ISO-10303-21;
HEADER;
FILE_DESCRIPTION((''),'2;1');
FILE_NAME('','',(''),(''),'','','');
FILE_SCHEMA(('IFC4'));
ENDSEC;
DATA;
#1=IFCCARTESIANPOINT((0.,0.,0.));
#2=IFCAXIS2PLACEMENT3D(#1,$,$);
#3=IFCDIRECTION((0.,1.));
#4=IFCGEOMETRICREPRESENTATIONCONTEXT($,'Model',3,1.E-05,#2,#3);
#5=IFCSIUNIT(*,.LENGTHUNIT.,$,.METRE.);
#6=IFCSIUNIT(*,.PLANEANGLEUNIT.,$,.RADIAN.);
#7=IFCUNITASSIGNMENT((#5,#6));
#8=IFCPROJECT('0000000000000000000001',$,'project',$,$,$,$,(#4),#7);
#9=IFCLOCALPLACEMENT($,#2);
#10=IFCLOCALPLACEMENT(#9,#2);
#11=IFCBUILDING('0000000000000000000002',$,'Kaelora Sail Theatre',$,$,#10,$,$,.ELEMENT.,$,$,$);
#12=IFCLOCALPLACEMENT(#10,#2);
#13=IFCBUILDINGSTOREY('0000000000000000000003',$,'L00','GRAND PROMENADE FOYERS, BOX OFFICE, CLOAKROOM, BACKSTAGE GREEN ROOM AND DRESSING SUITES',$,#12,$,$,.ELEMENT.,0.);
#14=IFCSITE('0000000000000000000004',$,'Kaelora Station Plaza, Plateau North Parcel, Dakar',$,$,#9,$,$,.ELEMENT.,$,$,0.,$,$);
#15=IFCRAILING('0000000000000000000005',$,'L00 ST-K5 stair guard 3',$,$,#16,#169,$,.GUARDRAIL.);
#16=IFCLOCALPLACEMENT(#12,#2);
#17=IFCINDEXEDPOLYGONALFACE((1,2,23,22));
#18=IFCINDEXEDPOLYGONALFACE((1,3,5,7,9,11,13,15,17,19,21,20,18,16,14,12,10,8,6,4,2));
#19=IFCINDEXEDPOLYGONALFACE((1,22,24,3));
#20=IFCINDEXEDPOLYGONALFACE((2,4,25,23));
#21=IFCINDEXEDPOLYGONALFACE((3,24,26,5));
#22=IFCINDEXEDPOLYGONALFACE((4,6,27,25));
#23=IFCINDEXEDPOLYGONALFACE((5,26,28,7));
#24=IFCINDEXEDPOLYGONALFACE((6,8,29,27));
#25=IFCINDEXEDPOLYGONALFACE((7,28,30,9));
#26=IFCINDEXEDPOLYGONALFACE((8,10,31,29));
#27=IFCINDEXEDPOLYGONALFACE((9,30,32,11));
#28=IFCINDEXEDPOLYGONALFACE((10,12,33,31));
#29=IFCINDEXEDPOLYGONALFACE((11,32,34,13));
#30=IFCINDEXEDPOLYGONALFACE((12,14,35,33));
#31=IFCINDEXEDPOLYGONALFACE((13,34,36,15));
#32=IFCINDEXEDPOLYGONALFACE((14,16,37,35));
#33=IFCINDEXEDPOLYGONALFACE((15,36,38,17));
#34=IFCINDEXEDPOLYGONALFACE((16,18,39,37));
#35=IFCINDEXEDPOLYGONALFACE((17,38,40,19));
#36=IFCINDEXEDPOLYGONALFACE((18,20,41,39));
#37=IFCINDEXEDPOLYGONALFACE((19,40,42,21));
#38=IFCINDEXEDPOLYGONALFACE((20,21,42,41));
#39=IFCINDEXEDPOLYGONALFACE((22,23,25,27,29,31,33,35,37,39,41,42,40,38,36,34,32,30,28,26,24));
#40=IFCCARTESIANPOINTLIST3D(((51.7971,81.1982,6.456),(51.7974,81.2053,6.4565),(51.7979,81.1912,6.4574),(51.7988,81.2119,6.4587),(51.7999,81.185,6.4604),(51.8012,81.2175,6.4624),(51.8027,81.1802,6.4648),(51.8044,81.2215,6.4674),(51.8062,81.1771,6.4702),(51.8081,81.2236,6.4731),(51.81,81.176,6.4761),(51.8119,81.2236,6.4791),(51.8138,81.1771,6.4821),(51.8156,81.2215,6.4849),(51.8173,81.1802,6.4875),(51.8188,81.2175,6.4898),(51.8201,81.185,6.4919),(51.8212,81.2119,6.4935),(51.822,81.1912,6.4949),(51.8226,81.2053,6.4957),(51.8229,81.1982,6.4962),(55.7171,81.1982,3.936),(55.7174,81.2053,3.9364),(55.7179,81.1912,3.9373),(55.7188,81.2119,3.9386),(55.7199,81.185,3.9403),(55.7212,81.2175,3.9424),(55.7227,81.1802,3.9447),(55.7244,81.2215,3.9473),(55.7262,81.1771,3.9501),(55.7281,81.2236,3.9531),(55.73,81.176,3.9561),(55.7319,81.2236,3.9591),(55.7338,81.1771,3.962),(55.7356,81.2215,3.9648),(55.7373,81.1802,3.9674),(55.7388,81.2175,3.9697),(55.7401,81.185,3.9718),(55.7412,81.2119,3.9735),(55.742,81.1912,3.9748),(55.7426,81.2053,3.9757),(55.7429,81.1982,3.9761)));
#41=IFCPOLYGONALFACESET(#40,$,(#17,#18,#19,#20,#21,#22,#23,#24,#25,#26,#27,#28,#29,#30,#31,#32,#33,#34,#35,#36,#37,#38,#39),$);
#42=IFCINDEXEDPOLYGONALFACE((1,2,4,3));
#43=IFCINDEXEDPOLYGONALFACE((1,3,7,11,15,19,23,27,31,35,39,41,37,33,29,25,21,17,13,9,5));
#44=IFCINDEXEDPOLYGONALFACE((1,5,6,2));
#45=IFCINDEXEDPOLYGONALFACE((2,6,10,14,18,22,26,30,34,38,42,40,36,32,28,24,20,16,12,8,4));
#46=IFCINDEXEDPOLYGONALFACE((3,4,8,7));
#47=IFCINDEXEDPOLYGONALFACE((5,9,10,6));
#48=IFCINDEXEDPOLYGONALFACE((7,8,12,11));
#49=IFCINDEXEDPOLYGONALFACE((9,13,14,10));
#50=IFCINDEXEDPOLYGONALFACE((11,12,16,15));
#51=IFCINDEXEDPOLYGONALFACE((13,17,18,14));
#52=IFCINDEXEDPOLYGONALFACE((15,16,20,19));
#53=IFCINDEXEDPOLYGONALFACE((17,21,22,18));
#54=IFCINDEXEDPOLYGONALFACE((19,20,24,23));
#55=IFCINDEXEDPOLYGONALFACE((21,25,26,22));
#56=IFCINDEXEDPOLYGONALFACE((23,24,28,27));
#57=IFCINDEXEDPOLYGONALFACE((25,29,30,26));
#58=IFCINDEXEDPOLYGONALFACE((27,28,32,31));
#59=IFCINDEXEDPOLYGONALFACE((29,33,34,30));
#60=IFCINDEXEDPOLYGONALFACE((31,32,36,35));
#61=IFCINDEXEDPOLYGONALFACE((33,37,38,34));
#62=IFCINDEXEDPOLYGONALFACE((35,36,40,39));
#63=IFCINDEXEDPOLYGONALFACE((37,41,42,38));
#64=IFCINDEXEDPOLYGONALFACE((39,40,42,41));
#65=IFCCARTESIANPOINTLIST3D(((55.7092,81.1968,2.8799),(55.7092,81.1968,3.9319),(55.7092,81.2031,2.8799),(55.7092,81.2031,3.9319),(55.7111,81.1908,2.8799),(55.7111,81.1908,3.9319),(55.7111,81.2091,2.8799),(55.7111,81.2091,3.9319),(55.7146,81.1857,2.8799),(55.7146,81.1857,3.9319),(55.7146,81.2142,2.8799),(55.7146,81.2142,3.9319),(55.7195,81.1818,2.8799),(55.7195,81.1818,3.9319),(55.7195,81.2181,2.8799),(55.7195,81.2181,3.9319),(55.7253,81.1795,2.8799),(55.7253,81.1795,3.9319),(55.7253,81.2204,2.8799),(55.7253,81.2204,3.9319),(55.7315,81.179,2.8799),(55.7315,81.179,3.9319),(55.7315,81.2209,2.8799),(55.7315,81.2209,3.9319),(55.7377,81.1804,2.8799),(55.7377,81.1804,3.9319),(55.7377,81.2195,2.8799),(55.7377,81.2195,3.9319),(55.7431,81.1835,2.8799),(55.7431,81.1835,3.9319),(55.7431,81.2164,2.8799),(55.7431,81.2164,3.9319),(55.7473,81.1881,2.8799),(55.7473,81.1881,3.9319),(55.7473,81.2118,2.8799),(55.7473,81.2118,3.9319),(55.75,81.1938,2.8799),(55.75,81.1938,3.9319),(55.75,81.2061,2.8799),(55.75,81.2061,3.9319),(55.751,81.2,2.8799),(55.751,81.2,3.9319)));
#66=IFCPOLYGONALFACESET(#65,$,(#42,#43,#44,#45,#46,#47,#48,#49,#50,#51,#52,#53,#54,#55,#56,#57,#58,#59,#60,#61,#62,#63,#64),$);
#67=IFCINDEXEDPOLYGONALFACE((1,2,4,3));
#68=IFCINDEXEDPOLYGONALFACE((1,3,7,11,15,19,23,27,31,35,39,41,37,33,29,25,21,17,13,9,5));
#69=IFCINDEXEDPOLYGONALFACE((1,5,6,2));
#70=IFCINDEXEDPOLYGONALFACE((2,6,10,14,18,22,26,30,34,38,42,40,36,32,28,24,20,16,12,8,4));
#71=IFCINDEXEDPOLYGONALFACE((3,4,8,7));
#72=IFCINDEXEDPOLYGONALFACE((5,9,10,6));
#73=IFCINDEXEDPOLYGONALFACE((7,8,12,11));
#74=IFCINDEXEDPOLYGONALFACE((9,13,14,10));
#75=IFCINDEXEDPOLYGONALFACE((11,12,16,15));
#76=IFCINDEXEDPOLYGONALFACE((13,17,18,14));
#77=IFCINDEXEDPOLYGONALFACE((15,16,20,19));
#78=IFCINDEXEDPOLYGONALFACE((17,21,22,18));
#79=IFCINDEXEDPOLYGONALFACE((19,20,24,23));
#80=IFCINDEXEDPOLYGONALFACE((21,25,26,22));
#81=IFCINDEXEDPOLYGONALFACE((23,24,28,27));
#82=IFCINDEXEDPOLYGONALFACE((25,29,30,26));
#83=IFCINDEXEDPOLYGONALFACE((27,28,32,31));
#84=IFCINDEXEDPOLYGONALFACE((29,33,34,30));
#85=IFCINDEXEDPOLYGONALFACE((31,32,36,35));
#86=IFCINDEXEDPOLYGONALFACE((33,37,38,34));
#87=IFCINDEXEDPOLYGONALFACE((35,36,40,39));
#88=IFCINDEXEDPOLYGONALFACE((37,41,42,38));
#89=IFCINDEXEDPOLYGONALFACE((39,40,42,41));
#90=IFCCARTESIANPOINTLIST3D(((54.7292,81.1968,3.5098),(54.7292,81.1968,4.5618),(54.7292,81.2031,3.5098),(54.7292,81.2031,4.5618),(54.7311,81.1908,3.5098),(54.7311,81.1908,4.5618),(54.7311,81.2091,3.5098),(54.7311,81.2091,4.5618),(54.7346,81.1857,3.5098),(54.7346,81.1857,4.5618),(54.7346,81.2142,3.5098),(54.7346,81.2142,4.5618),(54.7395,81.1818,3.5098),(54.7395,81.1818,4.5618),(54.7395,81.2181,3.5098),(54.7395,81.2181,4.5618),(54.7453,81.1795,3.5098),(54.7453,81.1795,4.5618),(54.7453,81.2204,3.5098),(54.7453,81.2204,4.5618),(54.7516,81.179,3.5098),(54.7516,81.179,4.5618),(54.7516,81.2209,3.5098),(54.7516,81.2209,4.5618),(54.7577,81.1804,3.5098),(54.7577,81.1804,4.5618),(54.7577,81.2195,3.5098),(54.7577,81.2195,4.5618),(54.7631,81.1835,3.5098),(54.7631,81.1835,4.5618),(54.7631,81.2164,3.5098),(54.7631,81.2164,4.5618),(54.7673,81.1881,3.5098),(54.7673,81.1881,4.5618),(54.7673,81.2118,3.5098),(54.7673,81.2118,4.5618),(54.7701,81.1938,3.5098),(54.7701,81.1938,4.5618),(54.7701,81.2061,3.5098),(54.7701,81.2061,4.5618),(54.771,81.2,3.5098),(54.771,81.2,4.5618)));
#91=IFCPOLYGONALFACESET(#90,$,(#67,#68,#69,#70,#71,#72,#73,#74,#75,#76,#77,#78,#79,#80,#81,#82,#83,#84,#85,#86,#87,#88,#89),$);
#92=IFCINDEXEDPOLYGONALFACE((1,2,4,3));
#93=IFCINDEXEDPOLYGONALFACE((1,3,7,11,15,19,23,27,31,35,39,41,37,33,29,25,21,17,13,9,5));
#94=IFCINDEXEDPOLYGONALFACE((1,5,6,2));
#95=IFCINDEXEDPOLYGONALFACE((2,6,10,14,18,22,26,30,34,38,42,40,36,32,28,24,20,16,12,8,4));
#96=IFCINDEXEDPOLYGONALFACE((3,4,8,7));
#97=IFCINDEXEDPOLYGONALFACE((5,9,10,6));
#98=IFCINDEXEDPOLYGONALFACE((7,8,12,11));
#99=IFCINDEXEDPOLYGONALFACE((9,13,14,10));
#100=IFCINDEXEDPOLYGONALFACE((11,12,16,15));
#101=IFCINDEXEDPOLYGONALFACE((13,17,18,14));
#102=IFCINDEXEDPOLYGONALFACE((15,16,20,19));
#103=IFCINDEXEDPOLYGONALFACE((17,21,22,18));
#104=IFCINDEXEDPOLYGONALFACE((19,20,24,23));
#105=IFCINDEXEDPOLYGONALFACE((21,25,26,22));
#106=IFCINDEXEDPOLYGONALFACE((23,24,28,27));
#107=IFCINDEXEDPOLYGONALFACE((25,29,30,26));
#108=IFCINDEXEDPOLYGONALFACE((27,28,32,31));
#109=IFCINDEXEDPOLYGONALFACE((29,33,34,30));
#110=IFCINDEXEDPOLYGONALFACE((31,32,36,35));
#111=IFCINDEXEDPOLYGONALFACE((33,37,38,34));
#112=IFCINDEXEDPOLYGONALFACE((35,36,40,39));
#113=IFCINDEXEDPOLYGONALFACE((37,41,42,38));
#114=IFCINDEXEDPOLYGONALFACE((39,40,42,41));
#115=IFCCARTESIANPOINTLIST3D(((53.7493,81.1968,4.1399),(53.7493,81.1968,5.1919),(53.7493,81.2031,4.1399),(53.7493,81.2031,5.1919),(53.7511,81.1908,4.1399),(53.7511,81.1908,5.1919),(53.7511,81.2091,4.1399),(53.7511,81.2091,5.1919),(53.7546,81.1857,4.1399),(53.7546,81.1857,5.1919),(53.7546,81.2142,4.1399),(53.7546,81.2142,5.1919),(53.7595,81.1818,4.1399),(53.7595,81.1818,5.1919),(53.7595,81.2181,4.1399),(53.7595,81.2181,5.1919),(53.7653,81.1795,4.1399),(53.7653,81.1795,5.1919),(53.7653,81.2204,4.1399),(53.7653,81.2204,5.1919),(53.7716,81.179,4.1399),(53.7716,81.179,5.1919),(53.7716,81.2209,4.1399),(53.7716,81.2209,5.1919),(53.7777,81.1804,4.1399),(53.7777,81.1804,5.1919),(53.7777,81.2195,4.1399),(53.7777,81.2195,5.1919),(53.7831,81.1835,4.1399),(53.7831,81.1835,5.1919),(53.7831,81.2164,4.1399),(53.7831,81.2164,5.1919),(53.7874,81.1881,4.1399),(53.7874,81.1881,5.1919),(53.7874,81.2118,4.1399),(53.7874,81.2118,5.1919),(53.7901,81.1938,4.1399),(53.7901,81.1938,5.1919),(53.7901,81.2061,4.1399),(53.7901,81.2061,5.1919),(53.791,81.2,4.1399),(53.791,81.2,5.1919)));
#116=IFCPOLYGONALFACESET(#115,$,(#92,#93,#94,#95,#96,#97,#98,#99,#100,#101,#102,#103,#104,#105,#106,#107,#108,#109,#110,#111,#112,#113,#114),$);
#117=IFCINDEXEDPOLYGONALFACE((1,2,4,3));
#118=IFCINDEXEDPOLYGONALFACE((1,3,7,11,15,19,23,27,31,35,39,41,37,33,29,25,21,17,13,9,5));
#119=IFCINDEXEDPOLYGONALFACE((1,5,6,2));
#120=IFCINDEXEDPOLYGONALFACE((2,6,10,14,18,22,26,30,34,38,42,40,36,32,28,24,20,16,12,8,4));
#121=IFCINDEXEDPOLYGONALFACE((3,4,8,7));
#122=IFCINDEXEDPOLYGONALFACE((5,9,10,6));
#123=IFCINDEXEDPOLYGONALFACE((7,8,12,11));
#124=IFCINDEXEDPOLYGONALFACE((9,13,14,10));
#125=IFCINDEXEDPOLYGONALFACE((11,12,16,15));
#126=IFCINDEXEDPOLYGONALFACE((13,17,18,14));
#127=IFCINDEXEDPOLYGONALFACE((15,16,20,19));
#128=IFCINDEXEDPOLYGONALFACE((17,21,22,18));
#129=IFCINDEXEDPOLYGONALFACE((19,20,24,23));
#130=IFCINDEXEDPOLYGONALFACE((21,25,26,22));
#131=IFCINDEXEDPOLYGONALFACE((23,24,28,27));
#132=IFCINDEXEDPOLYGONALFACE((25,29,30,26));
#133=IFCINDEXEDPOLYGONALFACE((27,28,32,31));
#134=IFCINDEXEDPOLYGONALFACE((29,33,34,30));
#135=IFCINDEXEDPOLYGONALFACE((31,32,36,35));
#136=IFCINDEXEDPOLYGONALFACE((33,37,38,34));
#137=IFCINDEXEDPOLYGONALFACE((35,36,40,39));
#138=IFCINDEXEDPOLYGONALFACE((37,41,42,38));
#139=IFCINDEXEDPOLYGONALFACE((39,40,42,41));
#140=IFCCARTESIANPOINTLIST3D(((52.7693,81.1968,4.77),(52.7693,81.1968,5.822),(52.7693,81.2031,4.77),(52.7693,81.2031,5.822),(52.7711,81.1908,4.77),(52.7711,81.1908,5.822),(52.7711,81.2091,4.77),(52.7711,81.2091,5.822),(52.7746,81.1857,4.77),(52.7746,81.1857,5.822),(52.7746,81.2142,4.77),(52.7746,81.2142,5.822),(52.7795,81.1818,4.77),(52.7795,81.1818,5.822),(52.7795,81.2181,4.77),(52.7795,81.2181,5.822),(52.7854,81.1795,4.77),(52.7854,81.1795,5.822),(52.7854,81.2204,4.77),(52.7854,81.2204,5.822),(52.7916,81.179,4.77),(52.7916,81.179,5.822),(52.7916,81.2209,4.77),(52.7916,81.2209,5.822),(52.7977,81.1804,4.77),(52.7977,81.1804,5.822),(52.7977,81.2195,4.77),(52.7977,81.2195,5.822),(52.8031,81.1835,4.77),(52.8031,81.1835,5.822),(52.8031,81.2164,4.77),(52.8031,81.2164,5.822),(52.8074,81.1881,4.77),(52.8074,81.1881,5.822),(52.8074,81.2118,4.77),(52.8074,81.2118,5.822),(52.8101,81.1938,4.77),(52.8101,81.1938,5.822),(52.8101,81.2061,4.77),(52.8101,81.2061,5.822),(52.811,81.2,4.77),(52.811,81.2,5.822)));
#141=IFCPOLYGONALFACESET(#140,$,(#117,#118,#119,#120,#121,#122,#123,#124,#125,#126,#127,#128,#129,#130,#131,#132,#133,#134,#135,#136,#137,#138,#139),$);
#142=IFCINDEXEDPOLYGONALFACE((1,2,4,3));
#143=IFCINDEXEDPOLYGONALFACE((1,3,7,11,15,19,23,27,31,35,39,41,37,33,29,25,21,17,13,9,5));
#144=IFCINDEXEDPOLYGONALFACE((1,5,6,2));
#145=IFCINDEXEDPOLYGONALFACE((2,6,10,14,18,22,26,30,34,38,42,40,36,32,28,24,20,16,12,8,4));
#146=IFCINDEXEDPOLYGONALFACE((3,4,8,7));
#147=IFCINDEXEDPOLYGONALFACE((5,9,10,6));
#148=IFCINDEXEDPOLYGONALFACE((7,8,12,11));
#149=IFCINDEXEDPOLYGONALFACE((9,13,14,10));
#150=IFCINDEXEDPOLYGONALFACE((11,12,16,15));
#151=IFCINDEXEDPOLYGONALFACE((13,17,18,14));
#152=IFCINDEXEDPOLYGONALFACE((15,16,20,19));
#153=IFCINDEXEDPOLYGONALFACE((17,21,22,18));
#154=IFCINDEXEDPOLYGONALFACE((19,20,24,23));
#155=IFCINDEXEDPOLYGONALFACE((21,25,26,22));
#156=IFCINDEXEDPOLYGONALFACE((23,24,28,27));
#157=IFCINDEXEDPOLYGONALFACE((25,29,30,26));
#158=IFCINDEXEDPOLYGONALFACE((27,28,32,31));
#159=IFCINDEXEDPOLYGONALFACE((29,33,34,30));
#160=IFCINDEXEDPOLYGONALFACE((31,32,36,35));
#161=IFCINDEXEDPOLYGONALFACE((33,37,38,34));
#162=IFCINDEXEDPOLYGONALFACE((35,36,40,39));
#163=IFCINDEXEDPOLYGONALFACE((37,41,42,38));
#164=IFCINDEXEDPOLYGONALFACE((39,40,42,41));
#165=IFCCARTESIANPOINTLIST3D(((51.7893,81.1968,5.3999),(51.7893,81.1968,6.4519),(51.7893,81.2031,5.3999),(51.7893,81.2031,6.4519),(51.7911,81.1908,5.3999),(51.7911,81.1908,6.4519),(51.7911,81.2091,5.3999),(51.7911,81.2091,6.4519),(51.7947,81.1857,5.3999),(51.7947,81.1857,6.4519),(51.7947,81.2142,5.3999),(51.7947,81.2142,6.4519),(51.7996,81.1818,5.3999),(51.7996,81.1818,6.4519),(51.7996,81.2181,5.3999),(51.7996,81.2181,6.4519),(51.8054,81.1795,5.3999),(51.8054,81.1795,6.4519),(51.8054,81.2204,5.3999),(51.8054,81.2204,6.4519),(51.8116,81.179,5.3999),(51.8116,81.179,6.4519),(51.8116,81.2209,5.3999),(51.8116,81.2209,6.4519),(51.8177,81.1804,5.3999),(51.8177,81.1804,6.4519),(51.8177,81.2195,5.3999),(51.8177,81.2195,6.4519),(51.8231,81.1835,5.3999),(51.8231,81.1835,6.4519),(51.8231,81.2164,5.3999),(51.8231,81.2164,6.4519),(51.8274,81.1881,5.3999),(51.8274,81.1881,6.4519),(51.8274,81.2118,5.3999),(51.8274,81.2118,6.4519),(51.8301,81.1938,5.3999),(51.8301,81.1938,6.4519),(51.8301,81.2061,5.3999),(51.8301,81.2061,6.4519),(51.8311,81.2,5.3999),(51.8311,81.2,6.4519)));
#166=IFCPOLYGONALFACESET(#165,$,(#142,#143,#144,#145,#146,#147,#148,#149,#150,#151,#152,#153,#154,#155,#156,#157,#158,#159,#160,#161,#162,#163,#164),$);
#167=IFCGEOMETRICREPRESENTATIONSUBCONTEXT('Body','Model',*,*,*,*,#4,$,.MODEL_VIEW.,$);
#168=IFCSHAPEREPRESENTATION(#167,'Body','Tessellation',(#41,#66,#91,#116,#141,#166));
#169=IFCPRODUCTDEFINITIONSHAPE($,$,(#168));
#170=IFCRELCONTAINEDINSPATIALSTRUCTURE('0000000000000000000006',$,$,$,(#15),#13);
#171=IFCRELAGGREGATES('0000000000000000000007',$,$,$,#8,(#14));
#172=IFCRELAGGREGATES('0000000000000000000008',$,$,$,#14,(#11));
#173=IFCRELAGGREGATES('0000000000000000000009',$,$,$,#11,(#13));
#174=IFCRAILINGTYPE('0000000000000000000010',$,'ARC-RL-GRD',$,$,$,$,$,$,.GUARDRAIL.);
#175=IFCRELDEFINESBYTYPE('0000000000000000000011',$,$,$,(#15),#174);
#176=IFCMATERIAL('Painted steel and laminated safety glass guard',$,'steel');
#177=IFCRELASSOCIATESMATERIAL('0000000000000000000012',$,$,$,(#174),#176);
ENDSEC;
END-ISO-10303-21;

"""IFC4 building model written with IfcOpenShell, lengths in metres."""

from ifc_helpers import new_model, si_unit, direction, frame, origin, origin_2d, place, context, subcontext, project, spatial, circle, extrude, material, type_object, element, save


model = new_model("IFC4")

# Units and contexts
model_context = context("Model", 3, precision=1e-05, world=origin(), true_north=direction((0.0, 1.0)))
body_context = subcontext(model_context, "Body", "Model", "MODEL_VIEW")
ifc_project = project(units=[si_unit("LENGTHUNIT", "METRE"), si_unit("PLANEANGLEUNIT", "RADIAN")], contexts=[model_context])

# Site, building, storey
site_placement = place(None, origin())
site = spatial("IfcSite", under=ifc_project, at=site_placement, Name="Kaelora Station Plaza, Plateau North Parcel, Dakar", CompositionType="ELEMENT", RefElevation=0.0)
building_placement = place(site_placement, origin())
building = spatial("IfcBuilding", under=site, at=building_placement, Name="Kaelora Sail Theatre", CompositionType="ELEMENT")
storey_placement = place(building_placement, origin())
storey = spatial("IfcBuildingStorey", under=building, at=storey_placement, Name="L00", Description="GRAND PROMENADE FOYERS, BOX OFFICE, CLOAKROOM, BACKSTAGE GREEN ROOM AND DRESSING SUITES", CompositionType="ELEMENT", Elevation=0.0)

# Railing
ifc_material_1 = material(Name="Painted steel and laminated safety glass guard", Category="steel")
railing_type_1 = type_object("IfcRailingType", Name="ARC-RL-GRD", PredefinedType="GUARDRAIL", material=ifc_material_1)
railing_1_placement = place(storey_placement, frame((55.73, 81.2, 2.8799)))
element("IfcRailing", 1, at=railing_1_placement, inside=storey, type_object=railing_type_1, Name="L00 ST-K5 stair guard 3", PredefinedType="GUARDRAIL", context=body_context, shape_type="SweptSolid", body=[
    extrude(circle(Radius=0.0239, at=origin_2d()), frame((0.0, 0.0, 1.0762), z_axis=(-0.841172, 0.0, 0.540768), x_axis=(0.0, -1.0, 0.0)), (0.0, 0.0, 1.0), 4.6602),
    extrude(circle(Radius=0.021, at=origin_2d()), origin(), (0.0, 0.0, 1.0), 1.052),
    extrude(circle(Radius=0.021, at=origin_2d()), frame((-0.98, 0.0, 0.6299)), (0.0, 0.0, 1.0), 1.052),
    extrude(circle(Radius=0.021, at=origin_2d()), frame((-1.96, 0.0, 1.26)), (0.0, 0.0, 1.0), 1.052),
    extrude(circle(Radius=0.021, at=origin_2d()), frame((-2.9399, 0.0, 1.8901)), (0.0, 0.0, 1.0), 1.052),
    extrude(circle(Radius=0.021, at=origin_2d()), frame((-3.9199, 0.0, 2.52)), (0.0, 0.0, 1.0), 1.052),
])

save(model, "model.ifc")
